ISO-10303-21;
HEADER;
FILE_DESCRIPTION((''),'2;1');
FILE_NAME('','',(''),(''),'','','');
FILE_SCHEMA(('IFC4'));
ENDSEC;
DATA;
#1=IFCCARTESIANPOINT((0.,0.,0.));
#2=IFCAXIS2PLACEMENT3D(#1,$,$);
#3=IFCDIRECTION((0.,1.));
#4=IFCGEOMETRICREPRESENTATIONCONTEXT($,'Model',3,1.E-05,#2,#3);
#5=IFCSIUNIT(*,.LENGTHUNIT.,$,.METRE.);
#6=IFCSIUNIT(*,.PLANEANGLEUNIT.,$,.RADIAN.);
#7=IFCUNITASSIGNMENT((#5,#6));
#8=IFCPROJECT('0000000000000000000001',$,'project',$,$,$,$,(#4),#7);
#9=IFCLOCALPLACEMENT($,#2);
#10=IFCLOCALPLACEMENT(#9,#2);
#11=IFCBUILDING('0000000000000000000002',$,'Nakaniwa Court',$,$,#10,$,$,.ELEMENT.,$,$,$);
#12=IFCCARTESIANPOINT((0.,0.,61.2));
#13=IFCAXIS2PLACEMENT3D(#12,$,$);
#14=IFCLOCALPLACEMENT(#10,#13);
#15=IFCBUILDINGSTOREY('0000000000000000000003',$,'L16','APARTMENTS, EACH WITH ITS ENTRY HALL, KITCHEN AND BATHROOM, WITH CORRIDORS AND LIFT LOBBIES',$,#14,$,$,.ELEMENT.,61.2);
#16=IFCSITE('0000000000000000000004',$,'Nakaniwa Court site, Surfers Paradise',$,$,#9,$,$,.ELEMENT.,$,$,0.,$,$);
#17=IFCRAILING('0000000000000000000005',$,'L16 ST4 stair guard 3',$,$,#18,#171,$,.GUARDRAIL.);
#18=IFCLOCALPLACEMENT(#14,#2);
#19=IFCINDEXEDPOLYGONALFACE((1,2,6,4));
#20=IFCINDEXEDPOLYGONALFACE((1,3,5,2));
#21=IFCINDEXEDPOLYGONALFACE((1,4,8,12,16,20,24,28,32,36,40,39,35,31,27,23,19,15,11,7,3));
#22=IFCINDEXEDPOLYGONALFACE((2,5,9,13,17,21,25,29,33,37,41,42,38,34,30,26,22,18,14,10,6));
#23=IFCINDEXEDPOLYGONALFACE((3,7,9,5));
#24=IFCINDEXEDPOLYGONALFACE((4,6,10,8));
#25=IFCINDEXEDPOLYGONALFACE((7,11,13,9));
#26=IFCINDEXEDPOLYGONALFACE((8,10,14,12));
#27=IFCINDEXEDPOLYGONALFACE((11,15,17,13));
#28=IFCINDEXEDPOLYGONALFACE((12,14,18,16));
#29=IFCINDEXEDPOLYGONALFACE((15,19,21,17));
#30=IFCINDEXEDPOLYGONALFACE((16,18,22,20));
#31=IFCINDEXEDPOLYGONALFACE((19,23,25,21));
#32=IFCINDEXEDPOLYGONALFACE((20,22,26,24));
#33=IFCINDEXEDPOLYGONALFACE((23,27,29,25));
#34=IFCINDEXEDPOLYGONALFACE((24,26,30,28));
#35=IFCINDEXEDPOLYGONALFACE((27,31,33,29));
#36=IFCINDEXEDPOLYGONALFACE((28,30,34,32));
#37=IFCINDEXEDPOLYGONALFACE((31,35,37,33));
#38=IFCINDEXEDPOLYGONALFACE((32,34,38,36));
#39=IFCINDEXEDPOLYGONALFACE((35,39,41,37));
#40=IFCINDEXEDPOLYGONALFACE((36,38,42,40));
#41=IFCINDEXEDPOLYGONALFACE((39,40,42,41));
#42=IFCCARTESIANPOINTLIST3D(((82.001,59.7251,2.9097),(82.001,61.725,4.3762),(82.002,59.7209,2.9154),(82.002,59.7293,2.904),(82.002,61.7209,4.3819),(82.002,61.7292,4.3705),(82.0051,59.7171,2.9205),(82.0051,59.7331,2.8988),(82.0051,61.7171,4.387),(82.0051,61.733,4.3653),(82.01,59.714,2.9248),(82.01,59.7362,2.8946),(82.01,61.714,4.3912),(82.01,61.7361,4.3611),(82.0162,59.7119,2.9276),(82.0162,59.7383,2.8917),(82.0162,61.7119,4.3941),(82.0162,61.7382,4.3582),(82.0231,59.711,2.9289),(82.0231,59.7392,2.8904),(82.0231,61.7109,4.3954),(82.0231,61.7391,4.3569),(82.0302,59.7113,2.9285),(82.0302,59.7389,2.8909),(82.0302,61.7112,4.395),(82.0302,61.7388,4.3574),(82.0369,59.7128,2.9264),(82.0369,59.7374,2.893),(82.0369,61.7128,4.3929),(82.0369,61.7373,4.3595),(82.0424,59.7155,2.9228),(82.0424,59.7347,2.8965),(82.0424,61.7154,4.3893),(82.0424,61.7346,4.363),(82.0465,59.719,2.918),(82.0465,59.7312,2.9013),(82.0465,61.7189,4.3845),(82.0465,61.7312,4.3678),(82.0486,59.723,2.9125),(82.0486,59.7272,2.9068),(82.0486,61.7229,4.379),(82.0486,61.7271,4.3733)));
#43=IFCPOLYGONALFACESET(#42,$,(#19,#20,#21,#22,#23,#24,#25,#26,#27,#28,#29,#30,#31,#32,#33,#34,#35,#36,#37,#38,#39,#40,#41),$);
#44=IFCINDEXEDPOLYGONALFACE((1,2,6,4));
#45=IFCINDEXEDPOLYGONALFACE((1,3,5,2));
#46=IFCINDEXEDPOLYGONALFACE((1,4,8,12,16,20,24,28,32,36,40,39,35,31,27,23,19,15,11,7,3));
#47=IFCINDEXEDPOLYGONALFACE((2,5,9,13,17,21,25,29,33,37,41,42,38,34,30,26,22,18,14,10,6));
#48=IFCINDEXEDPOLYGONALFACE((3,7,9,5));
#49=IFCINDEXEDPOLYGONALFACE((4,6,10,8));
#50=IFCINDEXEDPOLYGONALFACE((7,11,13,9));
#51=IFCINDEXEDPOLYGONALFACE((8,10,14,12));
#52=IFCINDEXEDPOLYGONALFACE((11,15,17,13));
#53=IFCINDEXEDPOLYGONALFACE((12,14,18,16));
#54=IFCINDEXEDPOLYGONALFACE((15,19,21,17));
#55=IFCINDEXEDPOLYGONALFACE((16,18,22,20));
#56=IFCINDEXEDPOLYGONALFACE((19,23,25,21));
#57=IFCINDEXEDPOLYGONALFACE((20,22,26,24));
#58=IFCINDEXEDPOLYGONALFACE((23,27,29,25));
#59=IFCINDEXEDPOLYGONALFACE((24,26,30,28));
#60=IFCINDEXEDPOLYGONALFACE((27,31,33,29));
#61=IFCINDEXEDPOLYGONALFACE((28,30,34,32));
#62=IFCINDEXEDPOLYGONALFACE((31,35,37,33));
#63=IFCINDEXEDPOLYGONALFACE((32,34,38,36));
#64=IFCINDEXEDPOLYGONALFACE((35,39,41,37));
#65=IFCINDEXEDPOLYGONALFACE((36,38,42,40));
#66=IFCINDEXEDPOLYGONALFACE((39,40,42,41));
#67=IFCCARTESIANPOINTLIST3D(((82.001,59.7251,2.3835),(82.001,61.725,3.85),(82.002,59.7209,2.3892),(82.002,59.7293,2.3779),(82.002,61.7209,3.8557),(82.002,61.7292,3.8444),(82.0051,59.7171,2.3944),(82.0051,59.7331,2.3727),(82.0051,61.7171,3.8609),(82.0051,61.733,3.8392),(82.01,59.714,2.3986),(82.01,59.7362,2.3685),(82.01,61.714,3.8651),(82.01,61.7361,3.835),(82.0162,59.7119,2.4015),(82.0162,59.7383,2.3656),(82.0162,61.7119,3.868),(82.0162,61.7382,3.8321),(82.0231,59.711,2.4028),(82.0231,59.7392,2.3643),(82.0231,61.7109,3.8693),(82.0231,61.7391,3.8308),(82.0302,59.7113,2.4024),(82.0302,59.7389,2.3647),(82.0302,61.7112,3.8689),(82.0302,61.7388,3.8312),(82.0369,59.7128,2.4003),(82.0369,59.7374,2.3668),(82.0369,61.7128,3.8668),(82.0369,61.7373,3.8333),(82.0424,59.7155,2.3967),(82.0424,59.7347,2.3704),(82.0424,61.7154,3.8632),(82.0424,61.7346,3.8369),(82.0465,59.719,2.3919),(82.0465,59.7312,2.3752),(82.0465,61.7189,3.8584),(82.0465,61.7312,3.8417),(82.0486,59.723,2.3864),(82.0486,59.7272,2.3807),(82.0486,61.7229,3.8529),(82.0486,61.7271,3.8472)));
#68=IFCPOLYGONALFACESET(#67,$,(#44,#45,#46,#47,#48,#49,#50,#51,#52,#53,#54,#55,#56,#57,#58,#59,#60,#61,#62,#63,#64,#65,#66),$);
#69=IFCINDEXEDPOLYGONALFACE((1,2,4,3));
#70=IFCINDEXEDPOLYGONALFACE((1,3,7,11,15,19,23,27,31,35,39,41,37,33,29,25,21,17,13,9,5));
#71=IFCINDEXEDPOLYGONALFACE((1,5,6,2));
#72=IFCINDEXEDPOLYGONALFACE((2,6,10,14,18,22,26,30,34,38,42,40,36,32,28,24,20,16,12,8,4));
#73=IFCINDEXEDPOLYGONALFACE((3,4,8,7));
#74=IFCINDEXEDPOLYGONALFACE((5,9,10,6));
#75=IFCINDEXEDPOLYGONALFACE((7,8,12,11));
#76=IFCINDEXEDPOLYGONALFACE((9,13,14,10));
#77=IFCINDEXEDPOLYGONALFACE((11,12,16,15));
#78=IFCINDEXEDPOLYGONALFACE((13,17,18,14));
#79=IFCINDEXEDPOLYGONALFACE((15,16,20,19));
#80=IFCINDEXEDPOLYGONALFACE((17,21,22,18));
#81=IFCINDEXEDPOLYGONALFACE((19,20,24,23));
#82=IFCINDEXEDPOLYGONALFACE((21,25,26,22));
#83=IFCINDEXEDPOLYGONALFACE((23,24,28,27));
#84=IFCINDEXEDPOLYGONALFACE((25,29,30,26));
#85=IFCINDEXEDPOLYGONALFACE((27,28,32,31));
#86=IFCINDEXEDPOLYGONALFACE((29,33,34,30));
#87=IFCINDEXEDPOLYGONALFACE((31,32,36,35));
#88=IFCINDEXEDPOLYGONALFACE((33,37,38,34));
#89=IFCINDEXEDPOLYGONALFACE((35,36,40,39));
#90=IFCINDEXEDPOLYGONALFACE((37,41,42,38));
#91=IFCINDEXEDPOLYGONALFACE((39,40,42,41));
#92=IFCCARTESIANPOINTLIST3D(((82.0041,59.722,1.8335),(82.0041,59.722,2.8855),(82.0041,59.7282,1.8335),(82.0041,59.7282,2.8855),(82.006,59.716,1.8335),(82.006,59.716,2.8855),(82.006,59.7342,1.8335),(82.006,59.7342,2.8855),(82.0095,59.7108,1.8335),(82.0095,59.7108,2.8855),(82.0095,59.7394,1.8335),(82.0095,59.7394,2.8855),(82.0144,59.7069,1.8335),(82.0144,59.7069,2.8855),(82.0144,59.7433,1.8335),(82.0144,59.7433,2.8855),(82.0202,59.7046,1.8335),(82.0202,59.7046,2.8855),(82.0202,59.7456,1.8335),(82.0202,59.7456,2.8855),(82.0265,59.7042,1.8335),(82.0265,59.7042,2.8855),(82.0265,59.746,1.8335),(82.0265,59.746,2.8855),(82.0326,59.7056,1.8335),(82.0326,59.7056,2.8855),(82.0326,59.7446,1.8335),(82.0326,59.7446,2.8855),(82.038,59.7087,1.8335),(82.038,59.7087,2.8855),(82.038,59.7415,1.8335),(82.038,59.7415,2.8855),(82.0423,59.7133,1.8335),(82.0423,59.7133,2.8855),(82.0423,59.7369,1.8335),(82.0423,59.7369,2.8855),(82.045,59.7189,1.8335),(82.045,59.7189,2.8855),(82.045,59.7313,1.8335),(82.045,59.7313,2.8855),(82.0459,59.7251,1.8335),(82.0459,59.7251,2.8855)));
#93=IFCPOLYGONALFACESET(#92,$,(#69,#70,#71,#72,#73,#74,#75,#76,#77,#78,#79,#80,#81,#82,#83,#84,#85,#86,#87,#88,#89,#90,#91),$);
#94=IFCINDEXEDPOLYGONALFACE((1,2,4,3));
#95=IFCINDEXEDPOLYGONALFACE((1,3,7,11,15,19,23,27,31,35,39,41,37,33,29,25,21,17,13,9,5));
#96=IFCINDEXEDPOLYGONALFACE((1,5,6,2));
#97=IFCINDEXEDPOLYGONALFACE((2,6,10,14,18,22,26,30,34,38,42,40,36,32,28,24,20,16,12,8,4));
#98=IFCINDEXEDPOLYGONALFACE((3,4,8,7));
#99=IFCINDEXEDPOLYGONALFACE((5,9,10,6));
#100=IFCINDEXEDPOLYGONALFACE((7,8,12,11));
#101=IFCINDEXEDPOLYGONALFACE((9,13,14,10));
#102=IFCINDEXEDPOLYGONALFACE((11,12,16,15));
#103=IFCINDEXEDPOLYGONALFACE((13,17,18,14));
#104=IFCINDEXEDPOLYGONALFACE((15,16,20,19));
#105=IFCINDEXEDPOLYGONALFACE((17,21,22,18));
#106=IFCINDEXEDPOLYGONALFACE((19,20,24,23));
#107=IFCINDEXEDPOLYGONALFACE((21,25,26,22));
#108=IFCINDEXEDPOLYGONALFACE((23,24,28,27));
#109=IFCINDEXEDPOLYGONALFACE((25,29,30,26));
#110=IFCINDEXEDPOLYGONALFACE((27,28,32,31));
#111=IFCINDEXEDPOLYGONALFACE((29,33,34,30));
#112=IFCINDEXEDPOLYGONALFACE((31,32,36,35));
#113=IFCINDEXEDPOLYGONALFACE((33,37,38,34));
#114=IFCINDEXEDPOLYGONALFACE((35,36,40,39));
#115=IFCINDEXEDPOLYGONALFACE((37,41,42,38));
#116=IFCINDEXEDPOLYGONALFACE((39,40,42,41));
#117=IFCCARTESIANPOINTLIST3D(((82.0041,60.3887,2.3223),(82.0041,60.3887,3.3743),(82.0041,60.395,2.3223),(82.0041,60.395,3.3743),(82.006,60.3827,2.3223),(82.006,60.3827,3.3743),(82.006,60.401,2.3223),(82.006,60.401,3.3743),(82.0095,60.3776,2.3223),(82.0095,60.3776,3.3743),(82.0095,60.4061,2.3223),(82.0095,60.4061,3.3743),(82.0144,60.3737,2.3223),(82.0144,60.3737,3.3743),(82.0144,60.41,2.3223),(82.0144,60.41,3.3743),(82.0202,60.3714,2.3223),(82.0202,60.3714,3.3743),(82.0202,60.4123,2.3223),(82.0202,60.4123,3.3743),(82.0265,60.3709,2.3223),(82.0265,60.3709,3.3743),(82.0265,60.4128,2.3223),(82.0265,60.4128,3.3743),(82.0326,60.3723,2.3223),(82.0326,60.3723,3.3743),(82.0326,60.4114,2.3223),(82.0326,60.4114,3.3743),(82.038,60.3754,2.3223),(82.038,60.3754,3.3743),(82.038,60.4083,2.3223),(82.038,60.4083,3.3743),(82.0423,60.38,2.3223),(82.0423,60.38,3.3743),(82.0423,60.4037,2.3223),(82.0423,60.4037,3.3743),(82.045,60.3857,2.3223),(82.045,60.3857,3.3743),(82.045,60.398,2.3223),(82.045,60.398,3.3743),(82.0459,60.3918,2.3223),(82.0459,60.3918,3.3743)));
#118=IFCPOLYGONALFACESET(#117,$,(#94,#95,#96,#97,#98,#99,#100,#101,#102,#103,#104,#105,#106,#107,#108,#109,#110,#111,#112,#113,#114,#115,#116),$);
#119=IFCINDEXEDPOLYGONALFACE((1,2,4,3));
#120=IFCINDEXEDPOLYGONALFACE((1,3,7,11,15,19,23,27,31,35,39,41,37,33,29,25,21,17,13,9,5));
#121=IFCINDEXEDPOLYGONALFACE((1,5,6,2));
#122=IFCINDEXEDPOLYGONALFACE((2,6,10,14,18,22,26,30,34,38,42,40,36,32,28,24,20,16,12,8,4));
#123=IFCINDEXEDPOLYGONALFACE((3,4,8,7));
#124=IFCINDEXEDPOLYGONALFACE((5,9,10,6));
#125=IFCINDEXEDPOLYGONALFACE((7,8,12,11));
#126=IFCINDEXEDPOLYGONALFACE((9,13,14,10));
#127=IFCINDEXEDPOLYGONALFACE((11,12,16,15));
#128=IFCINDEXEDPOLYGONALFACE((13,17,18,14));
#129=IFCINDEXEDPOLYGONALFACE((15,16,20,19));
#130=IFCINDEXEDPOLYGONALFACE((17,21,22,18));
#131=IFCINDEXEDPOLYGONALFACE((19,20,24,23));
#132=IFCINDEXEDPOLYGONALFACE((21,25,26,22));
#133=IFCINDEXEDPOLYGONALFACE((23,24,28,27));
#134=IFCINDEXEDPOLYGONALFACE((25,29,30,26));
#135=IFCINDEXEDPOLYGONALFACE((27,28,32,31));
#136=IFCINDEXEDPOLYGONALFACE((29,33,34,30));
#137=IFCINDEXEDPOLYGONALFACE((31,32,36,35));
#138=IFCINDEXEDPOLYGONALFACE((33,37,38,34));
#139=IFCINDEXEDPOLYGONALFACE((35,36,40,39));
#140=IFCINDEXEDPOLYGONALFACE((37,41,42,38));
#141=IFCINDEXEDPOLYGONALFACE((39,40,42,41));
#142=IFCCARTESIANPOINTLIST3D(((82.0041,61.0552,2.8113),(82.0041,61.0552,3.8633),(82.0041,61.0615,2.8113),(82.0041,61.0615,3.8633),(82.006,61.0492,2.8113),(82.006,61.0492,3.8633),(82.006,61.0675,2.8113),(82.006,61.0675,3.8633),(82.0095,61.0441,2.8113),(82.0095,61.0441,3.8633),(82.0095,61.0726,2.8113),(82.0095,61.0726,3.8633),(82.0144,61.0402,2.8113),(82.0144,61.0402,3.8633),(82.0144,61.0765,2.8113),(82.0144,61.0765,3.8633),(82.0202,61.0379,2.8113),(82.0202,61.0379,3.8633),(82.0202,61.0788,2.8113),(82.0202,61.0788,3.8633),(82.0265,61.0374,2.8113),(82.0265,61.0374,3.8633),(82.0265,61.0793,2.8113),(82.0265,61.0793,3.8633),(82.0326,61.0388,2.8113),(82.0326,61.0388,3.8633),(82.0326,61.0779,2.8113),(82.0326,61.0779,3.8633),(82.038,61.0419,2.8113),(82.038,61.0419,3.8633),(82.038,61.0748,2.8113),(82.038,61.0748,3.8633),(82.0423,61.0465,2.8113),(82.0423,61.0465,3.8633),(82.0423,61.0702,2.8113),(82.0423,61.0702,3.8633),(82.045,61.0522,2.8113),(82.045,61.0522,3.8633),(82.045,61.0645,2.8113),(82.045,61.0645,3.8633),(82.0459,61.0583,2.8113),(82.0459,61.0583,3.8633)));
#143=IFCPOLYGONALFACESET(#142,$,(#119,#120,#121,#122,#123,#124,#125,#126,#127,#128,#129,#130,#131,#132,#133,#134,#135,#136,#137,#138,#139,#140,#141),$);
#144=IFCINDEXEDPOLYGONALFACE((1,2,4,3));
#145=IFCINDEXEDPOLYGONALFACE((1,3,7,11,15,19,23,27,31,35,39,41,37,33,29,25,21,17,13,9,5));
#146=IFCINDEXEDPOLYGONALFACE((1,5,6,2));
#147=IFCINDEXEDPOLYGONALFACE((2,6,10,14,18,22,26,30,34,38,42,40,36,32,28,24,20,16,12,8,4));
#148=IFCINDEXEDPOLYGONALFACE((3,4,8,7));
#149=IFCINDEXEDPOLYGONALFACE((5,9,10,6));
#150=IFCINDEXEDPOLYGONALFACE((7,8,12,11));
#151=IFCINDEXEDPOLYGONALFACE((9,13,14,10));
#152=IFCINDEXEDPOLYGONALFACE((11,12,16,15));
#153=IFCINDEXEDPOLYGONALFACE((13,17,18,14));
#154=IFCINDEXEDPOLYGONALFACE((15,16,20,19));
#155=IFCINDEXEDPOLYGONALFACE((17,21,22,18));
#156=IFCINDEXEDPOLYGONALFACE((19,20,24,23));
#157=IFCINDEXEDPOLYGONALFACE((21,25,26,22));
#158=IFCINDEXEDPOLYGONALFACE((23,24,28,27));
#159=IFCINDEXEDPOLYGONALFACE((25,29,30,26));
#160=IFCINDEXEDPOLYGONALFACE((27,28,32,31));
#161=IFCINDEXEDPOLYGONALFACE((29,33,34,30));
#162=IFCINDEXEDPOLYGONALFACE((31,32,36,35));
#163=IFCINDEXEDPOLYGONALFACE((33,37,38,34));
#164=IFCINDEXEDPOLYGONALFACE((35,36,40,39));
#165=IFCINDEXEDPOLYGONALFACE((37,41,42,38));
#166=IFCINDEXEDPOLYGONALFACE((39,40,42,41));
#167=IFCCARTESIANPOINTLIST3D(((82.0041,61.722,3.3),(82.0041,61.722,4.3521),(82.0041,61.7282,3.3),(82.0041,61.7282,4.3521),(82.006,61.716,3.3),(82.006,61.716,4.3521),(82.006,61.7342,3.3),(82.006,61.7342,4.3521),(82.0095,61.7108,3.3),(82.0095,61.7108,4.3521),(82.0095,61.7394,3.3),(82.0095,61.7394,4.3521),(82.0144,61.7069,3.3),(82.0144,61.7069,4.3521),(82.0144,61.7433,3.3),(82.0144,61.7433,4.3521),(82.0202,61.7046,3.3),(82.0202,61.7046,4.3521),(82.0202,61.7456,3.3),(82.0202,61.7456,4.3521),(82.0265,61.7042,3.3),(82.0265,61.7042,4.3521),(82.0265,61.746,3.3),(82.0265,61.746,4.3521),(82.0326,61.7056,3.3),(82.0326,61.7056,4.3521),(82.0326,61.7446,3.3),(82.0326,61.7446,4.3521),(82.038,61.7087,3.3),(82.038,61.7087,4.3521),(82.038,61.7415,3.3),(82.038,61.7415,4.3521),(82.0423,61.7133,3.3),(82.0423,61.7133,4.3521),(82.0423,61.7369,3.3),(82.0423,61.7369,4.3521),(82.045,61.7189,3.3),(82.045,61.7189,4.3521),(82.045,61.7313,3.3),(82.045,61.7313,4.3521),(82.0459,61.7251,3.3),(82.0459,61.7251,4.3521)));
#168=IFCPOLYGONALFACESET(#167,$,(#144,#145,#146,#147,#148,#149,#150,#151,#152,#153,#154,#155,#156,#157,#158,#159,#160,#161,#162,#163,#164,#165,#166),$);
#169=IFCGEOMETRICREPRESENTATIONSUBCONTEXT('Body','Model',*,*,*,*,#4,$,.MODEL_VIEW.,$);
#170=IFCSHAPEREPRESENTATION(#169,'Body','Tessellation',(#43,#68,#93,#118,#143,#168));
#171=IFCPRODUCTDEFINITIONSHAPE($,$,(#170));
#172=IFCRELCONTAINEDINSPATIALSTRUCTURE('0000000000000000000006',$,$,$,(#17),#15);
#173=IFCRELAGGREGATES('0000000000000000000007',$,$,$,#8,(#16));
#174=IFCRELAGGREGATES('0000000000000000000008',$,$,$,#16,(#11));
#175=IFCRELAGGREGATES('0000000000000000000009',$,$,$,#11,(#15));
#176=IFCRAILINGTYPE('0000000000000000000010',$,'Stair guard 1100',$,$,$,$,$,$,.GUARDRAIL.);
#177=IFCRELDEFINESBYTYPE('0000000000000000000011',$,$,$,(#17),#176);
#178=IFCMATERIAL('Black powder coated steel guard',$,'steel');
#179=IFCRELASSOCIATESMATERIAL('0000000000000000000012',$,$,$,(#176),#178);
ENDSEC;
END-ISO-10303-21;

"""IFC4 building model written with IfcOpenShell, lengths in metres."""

from ifc_helpers import new_model, si_unit, direction, frame, origin, origin_2d, place, context, subcontext, project, spatial, circle, extrude, material, type_object, element, save


model = new_model("IFC4")

# Units and contexts
model_context = context("Model", 3, precision=1e-05, world=origin(), true_north=direction((0.0, 1.0)))
body_context = subcontext(model_context, "Body", "Model", "MODEL_VIEW")
ifc_project = project(units=[si_unit("LENGTHUNIT", "METRE"), si_unit("PLANEANGLEUNIT", "RADIAN")], contexts=[model_context])

# Site, building, storey
site_placement = place(None, origin())
site = spatial("IfcSite", under=ifc_project, at=site_placement, Name="Nakaniwa Court site, Surfers Paradise", CompositionType="ELEMENT", RefElevation=0.0)
building_placement = place(site_placement, origin())
building = spatial("IfcBuilding", under=site, at=building_placement, Name="Nakaniwa Court", CompositionType="ELEMENT")
storey_placement = place(building_placement, frame((0.0, 0.0, 61.2)))
storey = spatial("IfcBuildingStorey", under=building, at=storey_placement, Name="L16", Description="APARTMENTS, EACH WITH ITS ENTRY HALL, KITCHEN AND BATHROOM, WITH CORRIDORS AND LIFT LOBBIES", CompositionType="ELEMENT", Elevation=61.2)

# Railing
ifc_material_1 = material(Name="Black powder coated steel guard", Category="steel")
railing_type_1 = type_object("IfcRailingType", Name="Stair guard 1100", PredefinedType="GUARDRAIL", material=ifc_material_1)
railing_1_placement = place(storey_placement, frame((82.0249, 59.7251, 1.8335)))
element("IfcRailing", 1, at=railing_1_placement, inside=storey, type_object=railing_type_1, Name="L16 ST4 stair guard 3", PredefinedType="GUARDRAIL", context=body_context, shape_type="SweptSolid", body=[
    extrude(circle(Radius=0.0239, at=origin_2d()), frame((0.0, 0.0, 1.0762), z_axis=(0.0, 0.806427, 0.591334), x_axis=(-1.0, 0.0, 0.0)), (0.0, 0.0, 1.0), 2.48),
    extrude(circle(Radius=0.0239, at=origin_2d()), frame((0.0, 0.0, 0.55), z_axis=(0.0, 0.806427, 0.591334), x_axis=(-1.0, 0.0, 0.0)), (0.0, 0.0, 1.0), 2.48),
    extrude(circle(Radius=0.021, at=origin_2d()), origin(), (0.0, 0.0, 1.0), 1.052),
    extrude(circle(Radius=0.021, at=origin_2d()), frame((0.0, 0.6667, 0.4888)), (0.0, 0.0, 1.0), 1.052),
    extrude(circle(Radius=0.021, at=origin_2d()), frame((0.0, 1.3333, 0.9778)), (0.0, 0.0, 1.0), 1.052),
    extrude(circle(Radius=0.021, at=origin_2d()), frame((0.0, 2.0, 1.4666)), (0.0, 0.0, 1.0), 1.052),
])

save(model, "model.ifc")
